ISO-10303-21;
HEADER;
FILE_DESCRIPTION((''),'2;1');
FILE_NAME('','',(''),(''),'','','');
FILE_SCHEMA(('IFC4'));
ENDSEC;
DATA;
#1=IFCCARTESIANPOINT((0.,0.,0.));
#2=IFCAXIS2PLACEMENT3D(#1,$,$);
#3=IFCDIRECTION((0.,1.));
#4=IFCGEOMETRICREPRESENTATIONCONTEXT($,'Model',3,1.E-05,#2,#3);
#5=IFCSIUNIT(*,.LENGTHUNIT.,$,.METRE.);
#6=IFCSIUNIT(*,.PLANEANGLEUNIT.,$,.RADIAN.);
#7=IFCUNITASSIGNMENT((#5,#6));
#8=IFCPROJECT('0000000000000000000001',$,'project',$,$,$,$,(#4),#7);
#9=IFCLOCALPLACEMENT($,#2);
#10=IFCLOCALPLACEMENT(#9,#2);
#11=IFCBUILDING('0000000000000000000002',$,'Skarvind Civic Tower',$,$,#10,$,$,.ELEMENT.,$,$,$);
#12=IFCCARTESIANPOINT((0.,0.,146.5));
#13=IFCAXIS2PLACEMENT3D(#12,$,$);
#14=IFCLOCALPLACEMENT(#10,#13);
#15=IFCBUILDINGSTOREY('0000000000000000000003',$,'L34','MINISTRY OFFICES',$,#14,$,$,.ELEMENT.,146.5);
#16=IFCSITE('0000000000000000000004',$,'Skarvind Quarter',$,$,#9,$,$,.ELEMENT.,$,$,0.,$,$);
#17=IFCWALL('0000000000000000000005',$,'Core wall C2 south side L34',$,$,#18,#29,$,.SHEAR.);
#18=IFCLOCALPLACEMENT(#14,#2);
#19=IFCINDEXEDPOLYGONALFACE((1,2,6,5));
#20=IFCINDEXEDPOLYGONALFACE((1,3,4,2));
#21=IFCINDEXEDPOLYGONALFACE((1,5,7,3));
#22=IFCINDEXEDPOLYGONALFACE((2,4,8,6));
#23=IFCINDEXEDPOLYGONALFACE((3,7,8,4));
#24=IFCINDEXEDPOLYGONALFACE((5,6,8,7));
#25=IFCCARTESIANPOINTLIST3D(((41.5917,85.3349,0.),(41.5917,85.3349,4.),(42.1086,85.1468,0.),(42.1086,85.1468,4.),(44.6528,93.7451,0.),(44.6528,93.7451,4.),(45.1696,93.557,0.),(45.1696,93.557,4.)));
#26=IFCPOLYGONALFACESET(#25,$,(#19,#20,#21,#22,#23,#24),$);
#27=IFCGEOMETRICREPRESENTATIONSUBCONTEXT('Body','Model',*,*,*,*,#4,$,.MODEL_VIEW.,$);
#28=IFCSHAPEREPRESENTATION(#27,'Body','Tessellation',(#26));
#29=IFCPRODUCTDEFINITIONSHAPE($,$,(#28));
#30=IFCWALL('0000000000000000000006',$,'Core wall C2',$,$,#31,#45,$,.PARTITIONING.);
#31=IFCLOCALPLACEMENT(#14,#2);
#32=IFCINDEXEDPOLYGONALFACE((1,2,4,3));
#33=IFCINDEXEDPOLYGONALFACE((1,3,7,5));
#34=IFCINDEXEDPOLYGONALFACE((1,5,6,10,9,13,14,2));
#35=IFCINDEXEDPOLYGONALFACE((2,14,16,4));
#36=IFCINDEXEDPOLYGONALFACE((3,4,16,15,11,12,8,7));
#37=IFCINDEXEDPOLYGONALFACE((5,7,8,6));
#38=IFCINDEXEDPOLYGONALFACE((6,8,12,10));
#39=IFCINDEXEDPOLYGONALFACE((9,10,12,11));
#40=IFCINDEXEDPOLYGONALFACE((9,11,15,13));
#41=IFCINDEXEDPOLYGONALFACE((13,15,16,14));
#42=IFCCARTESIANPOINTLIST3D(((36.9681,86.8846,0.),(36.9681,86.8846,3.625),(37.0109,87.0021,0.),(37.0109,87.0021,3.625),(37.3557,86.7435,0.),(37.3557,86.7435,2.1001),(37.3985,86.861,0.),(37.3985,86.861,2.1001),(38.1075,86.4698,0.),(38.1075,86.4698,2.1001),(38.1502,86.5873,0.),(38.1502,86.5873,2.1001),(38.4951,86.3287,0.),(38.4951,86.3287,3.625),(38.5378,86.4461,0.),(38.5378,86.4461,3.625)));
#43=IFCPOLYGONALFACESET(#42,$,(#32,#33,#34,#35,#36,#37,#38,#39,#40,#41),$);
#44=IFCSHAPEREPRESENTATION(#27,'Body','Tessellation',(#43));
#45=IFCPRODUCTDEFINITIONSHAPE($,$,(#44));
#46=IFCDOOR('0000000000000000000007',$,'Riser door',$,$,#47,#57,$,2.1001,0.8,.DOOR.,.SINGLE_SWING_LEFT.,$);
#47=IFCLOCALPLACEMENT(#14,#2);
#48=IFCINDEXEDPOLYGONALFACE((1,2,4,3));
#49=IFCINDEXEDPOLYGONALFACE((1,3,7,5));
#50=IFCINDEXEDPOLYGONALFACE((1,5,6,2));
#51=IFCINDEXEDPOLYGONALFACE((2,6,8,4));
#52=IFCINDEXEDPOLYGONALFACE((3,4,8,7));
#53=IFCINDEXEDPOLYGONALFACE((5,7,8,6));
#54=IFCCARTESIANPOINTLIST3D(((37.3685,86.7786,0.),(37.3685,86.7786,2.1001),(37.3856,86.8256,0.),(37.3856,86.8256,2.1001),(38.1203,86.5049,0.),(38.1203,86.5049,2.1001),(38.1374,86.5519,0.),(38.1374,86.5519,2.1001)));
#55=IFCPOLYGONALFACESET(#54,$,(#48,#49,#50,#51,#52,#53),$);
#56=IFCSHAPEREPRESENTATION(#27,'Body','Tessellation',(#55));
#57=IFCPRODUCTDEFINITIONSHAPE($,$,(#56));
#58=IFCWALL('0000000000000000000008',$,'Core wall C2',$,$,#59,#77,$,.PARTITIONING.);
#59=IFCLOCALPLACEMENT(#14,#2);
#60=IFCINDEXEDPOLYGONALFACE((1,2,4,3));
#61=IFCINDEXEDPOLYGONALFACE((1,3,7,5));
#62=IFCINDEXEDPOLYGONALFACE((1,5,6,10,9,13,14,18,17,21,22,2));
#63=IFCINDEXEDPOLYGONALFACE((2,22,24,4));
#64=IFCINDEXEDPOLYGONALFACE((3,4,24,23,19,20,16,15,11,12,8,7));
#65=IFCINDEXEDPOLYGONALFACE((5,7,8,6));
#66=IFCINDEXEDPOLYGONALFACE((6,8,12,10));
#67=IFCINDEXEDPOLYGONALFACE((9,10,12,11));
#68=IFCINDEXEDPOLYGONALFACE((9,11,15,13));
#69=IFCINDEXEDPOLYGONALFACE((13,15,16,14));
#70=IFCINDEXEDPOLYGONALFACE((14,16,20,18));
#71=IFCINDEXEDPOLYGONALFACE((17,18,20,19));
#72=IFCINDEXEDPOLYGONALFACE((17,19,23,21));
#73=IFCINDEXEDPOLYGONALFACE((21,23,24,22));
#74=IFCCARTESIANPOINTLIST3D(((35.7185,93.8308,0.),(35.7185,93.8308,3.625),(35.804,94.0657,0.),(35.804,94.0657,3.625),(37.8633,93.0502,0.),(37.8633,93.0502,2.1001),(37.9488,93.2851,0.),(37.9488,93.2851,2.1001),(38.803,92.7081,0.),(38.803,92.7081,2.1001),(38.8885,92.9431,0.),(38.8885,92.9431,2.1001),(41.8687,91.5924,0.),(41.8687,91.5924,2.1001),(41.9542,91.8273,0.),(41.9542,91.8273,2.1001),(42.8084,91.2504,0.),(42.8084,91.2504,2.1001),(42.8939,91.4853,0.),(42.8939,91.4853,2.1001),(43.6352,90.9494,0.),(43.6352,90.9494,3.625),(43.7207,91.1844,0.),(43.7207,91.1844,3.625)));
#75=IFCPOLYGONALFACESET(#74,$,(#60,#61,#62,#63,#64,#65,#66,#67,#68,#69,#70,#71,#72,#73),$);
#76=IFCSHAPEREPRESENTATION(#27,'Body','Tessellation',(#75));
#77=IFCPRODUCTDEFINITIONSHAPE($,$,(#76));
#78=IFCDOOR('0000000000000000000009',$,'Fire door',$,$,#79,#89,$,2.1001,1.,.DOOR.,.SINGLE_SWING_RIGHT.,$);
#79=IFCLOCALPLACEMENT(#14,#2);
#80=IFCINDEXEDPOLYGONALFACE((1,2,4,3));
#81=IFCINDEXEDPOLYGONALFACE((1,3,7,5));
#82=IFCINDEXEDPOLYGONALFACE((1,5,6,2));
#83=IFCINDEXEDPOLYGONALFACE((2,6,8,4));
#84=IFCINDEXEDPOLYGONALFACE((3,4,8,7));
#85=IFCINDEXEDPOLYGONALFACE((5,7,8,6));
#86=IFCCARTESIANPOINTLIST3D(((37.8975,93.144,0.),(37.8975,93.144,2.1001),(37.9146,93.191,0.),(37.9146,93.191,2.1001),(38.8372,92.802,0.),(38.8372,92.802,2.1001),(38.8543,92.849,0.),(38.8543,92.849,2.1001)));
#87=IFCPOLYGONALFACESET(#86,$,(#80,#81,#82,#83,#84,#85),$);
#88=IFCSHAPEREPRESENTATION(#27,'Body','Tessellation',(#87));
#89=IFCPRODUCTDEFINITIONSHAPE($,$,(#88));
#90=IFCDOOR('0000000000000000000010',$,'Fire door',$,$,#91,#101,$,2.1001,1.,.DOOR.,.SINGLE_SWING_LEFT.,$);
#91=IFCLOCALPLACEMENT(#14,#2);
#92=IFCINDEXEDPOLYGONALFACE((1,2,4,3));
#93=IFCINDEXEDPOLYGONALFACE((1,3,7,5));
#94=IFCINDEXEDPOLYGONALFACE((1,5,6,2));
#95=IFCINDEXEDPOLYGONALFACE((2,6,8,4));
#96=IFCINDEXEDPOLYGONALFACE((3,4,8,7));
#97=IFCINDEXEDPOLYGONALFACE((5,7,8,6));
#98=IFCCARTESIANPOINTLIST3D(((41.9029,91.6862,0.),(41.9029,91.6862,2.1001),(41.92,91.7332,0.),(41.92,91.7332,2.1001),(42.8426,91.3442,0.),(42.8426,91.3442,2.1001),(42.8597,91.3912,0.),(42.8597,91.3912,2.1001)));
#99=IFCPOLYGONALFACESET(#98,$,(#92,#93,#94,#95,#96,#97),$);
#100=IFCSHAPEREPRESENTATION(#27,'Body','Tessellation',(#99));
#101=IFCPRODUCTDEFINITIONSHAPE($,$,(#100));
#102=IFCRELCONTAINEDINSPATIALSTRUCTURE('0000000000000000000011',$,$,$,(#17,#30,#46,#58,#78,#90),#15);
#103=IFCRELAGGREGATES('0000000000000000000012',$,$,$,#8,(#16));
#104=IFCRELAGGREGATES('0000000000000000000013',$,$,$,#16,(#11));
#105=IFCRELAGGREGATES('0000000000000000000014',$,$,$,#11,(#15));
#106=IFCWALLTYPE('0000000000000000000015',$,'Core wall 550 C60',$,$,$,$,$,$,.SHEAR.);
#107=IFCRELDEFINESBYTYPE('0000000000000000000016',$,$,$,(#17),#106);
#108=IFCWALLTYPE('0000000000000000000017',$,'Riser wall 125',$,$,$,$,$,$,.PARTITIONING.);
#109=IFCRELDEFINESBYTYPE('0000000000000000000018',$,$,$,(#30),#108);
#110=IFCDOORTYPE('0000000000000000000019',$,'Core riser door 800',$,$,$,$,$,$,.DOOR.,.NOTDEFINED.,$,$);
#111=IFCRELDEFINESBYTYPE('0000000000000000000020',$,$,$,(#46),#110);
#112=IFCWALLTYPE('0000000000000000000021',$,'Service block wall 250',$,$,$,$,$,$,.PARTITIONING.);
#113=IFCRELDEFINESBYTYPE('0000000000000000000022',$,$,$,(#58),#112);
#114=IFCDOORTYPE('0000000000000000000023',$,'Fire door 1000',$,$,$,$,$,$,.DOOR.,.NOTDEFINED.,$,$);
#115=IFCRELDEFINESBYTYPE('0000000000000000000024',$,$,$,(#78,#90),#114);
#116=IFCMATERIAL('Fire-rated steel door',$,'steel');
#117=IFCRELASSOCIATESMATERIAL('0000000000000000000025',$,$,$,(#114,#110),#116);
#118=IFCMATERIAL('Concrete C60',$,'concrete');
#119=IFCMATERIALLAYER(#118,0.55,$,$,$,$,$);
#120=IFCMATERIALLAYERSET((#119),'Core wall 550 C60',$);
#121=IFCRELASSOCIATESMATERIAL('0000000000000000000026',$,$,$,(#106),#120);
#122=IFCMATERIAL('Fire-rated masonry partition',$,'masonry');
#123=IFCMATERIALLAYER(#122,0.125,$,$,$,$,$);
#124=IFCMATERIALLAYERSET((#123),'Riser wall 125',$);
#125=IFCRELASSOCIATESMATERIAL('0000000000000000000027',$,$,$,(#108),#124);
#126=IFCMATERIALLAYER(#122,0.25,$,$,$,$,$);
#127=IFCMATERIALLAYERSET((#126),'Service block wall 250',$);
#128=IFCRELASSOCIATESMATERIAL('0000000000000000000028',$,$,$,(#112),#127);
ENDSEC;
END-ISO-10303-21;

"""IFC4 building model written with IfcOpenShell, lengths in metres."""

from ifc_helpers import new_model, si_unit, direction, frame, frame_2d, origin, place, context, subcontext, project, spatial, rectangle, extrude, material, layer, layer_set, type_object, element, fill, save


model = new_model("IFC4")

# Units and contexts
model_context = context("Model", 3, precision=1e-05, world=origin(), true_north=direction((0.0, 1.0)))
body_context = subcontext(model_context, "Body", "Model", "MODEL_VIEW")
ifc_project = project(units=[si_unit("LENGTHUNIT", "METRE"), si_unit("PLANEANGLEUNIT", "RADIAN")], contexts=[model_context])

# Site, building, storey
site_placement = place(None, origin())
site = spatial("IfcSite", under=ifc_project, at=site_placement, Name="Skarvind Quarter", CompositionType="ELEMENT", RefElevation=0.0)
building_placement = place(site_placement, origin())
building = spatial("IfcBuilding", under=site, at=building_placement, Name="Skarvind Civic Tower", CompositionType="ELEMENT")
storey_placement = place(building_placement, frame((0.0, 0.0, 146.5)))
storey = spatial("IfcBuildingStorey", under=building, at=storey_placement, Name="L34", Description="MINISTRY OFFICES", CompositionType="ELEMENT", Elevation=146.5)

# Shared definitions
ifc_material_1 = material(Name="Concrete C60", Category="concrete")

# Shared definitions
ifc_material_2 = material(Name="Fire-rated masonry partition", Category="masonry")
ifc_material_3 = material(Name="Fire-rated steel door", Category="steel")

# Shared definitions
door_type_1 = type_object("IfcDoorType", Name="Fire door 1000", OperationType="NOTDEFINED", PredefinedType="DOOR", material=ifc_material_3)

# Wall
ifc_layer_1 = layer(ifc_material_1, 0.55)
ifc_layer_set_1 = layer_set([ifc_layer_1], Name="Core wall 550 C60")
wall_type_1 = type_object("IfcWallType", Name="Core wall 550 C60", PredefinedType="SHEAR", material=ifc_layer_set_1)
wall_1_placement = place(storey_placement, frame((41.8501, 85.2407, 0.0), z_axis=(0.0, 0.0, 1.0), x_axis=(0.342019, 0.939693, 0.0)))
element("IfcWall", 1, at=wall_1_placement, inside=storey, type_object=wall_type_1, Name="Core wall C2 south side L34", PredefinedType="SHEAR", context=body_context, shape_type="SweptSolid", body=[
    extrude(rectangle(XDim=8.95, YDim=0.55, at=frame_2d((4.4751, 0.0))), origin(), (0.0, 0.0, 1.0), 4.0),
])

# Wall, opening, door
ifc_layer_2 = layer(ifc_material_2, 0.125)
ifc_layer_set_2 = layer_set([ifc_layer_2], Name="Riser wall 125")
wall_type_2 = type_object("IfcWallType", Name="Riser wall 125", PredefinedType="PARTITIONING", material=ifc_layer_set_2)
wall_2_placement = place(storey_placement, frame((36.9895, 86.9434, 0.0), z_axis=(0.0, 0.0, 1.0), x_axis=(0.939657, -0.342117, 0.0)))
wall_2 = element("IfcWall", 2, at=wall_2_placement, inside=storey, type_object=wall_type_2, Name="Core wall C2", PredefinedType="PARTITIONING", context=body_context, shape_type="SweptSolid", body=[
    extrude(rectangle(XDim=1.625, YDim=0.125, at=frame_2d((0.8125, 0.0))), origin(), (0.0, 0.0, 1.0), 3.625),
])
opening_1_placement = place(wall_2_placement, frame((0.4126, 0.0, 0.0)))
opening_1 = element("IfcOpeningElement", 3, at=opening_1_placement, cuts=wall_2, PredefinedType="OPENING", context=body_context, shape_type="SweptSolid", body=[
    extrude(rectangle(XDim=0.8, YDim=2.1001, at=frame_2d((0.3999, 1.05))), frame((0.0, 0.0725, 0.0), z_axis=(0.0, -1.0, 0.0), x_axis=(1.0, 0.0, 0.0)), (0.0, 0.0, 1.0), 0.145),
])
door_type_2 = type_object("IfcDoorType", Name="Core riser door 800", OperationType="NOTDEFINED", PredefinedType="DOOR", material=ifc_material_3)
door_1_placement = place(opening_1_placement, origin())
door_1 = element("IfcDoor", 4, at=door_1_placement, inside=storey, type_object=door_type_2, Name="Riser door", OperationType="SINGLE_SWING_LEFT", OverallHeight=2.1001, OverallWidth=0.8, PredefinedType="DOOR", context=body_context, shape_type="SweptSolid", body=[
    extrude(rectangle(XDim=0.8, YDim=2.1001, at=frame_2d((0.3999, 1.05))), frame((0.0, 0.0249, 0.0), z_axis=(0.0, -1.0, 0.0), x_axis=(1.0, 0.0, 0.0)), (0.0, 0.0, 1.0), 0.05),
])
fill(opening_1, door_1)

# Wall, openings, doors
ifc_layer_3 = layer(ifc_material_2, 0.25)
ifc_layer_set_3 = layer_set([ifc_layer_3], Name="Service block wall 250")
wall_type_3 = type_object("IfcWallType", Name="Service block wall 250", PredefinedType="PARTITIONING", material=ifc_layer_set_3)
wall_3_placement = place(storey_placement, frame((35.7612, 93.9482, 0.0), z_axis=(0.0, 0.0, 1.0), x_axis=(0.939697, -0.342008, 0.0)))
wall_3 = element("IfcWall", 5, at=wall_3_placement, inside=storey, type_object=wall_type_3, Name="Core wall C2", PredefinedType="PARTITIONING", context=body_context, shape_type="SweptSolid", body=[
    extrude(rectangle(XDim=8.4248, YDim=0.25, at=frame_2d((4.2124, 0.0))), origin(), (0.0, 0.0, 1.0), 3.625),
])
opening_2_placement = place(wall_3_placement, frame((2.2825, 0.0, 0.0)))
opening_2 = element("IfcOpeningElement", 6, at=opening_2_placement, cuts=wall_3, PredefinedType="OPENING", context=body_context, shape_type="SweptSolid", body=[
    extrude(rectangle(XDim=1.0, YDim=2.1001, at=frame_2d((0.5, 1.05))), frame((0.0, 0.135, 0.0), z_axis=(0.0, -1.0, 0.0), x_axis=(1.0, 0.0, 0.0)), (0.0, 0.0, 1.0), 0.27),
])
opening_3_placement = place(wall_3_placement, frame((6.5449, 0.0, 0.0)))
opening_3 = element("IfcOpeningElement", 7, at=opening_3_placement, cuts=wall_3, PredefinedType="OPENING", context=body_context, shape_type="SweptSolid", body=[
    extrude(rectangle(XDim=1.0, YDim=2.1001, at=frame_2d((0.5, 1.05))), frame((0.0, 0.135, 0.0), z_axis=(0.0, -1.0, 0.0), x_axis=(1.0, 0.0, 0.0)), (0.0, 0.0, 1.0), 0.27),
])
door_2_placement = place(opening_2_placement, origin())
door_2 = element("IfcDoor", 8, at=door_2_placement, inside=storey, type_object=door_type_1, Name="Fire door", OperationType="SINGLE_SWING_RIGHT", OverallHeight=2.1001, OverallWidth=1.0, PredefinedType="DOOR", context=body_context, shape_type="SweptSolid", body=[
    extrude(rectangle(XDim=1.0, YDim=2.1001, at=frame_2d((0.5, 1.05))), frame((0.0, 0.0249, 0.0), z_axis=(0.0, -1.0, 0.0), x_axis=(1.0, 0.0, 0.0)), (0.0, 0.0, 1.0), 0.05),
])
fill(opening_2, door_2)
door_3_placement = place(opening_3_placement, origin())
door_3 = element("IfcDoor", 9, at=door_3_placement, inside=storey, type_object=door_type_1, Name="Fire door", OperationType="SINGLE_SWING_LEFT", OverallHeight=2.1001, OverallWidth=1.0, PredefinedType="DOOR", context=body_context, shape_type="SweptSolid", body=[
    extrude(rectangle(XDim=1.0, YDim=2.1001, at=frame_2d((0.5, 1.05))), frame((0.0, 0.0249, 0.0), z_axis=(0.0, -1.0, 0.0), x_axis=(1.0, 0.0, 0.0)), (0.0, 0.0, 1.0), 0.05),
])
fill(opening_3, door_3)

save(model, "model.ifc")
